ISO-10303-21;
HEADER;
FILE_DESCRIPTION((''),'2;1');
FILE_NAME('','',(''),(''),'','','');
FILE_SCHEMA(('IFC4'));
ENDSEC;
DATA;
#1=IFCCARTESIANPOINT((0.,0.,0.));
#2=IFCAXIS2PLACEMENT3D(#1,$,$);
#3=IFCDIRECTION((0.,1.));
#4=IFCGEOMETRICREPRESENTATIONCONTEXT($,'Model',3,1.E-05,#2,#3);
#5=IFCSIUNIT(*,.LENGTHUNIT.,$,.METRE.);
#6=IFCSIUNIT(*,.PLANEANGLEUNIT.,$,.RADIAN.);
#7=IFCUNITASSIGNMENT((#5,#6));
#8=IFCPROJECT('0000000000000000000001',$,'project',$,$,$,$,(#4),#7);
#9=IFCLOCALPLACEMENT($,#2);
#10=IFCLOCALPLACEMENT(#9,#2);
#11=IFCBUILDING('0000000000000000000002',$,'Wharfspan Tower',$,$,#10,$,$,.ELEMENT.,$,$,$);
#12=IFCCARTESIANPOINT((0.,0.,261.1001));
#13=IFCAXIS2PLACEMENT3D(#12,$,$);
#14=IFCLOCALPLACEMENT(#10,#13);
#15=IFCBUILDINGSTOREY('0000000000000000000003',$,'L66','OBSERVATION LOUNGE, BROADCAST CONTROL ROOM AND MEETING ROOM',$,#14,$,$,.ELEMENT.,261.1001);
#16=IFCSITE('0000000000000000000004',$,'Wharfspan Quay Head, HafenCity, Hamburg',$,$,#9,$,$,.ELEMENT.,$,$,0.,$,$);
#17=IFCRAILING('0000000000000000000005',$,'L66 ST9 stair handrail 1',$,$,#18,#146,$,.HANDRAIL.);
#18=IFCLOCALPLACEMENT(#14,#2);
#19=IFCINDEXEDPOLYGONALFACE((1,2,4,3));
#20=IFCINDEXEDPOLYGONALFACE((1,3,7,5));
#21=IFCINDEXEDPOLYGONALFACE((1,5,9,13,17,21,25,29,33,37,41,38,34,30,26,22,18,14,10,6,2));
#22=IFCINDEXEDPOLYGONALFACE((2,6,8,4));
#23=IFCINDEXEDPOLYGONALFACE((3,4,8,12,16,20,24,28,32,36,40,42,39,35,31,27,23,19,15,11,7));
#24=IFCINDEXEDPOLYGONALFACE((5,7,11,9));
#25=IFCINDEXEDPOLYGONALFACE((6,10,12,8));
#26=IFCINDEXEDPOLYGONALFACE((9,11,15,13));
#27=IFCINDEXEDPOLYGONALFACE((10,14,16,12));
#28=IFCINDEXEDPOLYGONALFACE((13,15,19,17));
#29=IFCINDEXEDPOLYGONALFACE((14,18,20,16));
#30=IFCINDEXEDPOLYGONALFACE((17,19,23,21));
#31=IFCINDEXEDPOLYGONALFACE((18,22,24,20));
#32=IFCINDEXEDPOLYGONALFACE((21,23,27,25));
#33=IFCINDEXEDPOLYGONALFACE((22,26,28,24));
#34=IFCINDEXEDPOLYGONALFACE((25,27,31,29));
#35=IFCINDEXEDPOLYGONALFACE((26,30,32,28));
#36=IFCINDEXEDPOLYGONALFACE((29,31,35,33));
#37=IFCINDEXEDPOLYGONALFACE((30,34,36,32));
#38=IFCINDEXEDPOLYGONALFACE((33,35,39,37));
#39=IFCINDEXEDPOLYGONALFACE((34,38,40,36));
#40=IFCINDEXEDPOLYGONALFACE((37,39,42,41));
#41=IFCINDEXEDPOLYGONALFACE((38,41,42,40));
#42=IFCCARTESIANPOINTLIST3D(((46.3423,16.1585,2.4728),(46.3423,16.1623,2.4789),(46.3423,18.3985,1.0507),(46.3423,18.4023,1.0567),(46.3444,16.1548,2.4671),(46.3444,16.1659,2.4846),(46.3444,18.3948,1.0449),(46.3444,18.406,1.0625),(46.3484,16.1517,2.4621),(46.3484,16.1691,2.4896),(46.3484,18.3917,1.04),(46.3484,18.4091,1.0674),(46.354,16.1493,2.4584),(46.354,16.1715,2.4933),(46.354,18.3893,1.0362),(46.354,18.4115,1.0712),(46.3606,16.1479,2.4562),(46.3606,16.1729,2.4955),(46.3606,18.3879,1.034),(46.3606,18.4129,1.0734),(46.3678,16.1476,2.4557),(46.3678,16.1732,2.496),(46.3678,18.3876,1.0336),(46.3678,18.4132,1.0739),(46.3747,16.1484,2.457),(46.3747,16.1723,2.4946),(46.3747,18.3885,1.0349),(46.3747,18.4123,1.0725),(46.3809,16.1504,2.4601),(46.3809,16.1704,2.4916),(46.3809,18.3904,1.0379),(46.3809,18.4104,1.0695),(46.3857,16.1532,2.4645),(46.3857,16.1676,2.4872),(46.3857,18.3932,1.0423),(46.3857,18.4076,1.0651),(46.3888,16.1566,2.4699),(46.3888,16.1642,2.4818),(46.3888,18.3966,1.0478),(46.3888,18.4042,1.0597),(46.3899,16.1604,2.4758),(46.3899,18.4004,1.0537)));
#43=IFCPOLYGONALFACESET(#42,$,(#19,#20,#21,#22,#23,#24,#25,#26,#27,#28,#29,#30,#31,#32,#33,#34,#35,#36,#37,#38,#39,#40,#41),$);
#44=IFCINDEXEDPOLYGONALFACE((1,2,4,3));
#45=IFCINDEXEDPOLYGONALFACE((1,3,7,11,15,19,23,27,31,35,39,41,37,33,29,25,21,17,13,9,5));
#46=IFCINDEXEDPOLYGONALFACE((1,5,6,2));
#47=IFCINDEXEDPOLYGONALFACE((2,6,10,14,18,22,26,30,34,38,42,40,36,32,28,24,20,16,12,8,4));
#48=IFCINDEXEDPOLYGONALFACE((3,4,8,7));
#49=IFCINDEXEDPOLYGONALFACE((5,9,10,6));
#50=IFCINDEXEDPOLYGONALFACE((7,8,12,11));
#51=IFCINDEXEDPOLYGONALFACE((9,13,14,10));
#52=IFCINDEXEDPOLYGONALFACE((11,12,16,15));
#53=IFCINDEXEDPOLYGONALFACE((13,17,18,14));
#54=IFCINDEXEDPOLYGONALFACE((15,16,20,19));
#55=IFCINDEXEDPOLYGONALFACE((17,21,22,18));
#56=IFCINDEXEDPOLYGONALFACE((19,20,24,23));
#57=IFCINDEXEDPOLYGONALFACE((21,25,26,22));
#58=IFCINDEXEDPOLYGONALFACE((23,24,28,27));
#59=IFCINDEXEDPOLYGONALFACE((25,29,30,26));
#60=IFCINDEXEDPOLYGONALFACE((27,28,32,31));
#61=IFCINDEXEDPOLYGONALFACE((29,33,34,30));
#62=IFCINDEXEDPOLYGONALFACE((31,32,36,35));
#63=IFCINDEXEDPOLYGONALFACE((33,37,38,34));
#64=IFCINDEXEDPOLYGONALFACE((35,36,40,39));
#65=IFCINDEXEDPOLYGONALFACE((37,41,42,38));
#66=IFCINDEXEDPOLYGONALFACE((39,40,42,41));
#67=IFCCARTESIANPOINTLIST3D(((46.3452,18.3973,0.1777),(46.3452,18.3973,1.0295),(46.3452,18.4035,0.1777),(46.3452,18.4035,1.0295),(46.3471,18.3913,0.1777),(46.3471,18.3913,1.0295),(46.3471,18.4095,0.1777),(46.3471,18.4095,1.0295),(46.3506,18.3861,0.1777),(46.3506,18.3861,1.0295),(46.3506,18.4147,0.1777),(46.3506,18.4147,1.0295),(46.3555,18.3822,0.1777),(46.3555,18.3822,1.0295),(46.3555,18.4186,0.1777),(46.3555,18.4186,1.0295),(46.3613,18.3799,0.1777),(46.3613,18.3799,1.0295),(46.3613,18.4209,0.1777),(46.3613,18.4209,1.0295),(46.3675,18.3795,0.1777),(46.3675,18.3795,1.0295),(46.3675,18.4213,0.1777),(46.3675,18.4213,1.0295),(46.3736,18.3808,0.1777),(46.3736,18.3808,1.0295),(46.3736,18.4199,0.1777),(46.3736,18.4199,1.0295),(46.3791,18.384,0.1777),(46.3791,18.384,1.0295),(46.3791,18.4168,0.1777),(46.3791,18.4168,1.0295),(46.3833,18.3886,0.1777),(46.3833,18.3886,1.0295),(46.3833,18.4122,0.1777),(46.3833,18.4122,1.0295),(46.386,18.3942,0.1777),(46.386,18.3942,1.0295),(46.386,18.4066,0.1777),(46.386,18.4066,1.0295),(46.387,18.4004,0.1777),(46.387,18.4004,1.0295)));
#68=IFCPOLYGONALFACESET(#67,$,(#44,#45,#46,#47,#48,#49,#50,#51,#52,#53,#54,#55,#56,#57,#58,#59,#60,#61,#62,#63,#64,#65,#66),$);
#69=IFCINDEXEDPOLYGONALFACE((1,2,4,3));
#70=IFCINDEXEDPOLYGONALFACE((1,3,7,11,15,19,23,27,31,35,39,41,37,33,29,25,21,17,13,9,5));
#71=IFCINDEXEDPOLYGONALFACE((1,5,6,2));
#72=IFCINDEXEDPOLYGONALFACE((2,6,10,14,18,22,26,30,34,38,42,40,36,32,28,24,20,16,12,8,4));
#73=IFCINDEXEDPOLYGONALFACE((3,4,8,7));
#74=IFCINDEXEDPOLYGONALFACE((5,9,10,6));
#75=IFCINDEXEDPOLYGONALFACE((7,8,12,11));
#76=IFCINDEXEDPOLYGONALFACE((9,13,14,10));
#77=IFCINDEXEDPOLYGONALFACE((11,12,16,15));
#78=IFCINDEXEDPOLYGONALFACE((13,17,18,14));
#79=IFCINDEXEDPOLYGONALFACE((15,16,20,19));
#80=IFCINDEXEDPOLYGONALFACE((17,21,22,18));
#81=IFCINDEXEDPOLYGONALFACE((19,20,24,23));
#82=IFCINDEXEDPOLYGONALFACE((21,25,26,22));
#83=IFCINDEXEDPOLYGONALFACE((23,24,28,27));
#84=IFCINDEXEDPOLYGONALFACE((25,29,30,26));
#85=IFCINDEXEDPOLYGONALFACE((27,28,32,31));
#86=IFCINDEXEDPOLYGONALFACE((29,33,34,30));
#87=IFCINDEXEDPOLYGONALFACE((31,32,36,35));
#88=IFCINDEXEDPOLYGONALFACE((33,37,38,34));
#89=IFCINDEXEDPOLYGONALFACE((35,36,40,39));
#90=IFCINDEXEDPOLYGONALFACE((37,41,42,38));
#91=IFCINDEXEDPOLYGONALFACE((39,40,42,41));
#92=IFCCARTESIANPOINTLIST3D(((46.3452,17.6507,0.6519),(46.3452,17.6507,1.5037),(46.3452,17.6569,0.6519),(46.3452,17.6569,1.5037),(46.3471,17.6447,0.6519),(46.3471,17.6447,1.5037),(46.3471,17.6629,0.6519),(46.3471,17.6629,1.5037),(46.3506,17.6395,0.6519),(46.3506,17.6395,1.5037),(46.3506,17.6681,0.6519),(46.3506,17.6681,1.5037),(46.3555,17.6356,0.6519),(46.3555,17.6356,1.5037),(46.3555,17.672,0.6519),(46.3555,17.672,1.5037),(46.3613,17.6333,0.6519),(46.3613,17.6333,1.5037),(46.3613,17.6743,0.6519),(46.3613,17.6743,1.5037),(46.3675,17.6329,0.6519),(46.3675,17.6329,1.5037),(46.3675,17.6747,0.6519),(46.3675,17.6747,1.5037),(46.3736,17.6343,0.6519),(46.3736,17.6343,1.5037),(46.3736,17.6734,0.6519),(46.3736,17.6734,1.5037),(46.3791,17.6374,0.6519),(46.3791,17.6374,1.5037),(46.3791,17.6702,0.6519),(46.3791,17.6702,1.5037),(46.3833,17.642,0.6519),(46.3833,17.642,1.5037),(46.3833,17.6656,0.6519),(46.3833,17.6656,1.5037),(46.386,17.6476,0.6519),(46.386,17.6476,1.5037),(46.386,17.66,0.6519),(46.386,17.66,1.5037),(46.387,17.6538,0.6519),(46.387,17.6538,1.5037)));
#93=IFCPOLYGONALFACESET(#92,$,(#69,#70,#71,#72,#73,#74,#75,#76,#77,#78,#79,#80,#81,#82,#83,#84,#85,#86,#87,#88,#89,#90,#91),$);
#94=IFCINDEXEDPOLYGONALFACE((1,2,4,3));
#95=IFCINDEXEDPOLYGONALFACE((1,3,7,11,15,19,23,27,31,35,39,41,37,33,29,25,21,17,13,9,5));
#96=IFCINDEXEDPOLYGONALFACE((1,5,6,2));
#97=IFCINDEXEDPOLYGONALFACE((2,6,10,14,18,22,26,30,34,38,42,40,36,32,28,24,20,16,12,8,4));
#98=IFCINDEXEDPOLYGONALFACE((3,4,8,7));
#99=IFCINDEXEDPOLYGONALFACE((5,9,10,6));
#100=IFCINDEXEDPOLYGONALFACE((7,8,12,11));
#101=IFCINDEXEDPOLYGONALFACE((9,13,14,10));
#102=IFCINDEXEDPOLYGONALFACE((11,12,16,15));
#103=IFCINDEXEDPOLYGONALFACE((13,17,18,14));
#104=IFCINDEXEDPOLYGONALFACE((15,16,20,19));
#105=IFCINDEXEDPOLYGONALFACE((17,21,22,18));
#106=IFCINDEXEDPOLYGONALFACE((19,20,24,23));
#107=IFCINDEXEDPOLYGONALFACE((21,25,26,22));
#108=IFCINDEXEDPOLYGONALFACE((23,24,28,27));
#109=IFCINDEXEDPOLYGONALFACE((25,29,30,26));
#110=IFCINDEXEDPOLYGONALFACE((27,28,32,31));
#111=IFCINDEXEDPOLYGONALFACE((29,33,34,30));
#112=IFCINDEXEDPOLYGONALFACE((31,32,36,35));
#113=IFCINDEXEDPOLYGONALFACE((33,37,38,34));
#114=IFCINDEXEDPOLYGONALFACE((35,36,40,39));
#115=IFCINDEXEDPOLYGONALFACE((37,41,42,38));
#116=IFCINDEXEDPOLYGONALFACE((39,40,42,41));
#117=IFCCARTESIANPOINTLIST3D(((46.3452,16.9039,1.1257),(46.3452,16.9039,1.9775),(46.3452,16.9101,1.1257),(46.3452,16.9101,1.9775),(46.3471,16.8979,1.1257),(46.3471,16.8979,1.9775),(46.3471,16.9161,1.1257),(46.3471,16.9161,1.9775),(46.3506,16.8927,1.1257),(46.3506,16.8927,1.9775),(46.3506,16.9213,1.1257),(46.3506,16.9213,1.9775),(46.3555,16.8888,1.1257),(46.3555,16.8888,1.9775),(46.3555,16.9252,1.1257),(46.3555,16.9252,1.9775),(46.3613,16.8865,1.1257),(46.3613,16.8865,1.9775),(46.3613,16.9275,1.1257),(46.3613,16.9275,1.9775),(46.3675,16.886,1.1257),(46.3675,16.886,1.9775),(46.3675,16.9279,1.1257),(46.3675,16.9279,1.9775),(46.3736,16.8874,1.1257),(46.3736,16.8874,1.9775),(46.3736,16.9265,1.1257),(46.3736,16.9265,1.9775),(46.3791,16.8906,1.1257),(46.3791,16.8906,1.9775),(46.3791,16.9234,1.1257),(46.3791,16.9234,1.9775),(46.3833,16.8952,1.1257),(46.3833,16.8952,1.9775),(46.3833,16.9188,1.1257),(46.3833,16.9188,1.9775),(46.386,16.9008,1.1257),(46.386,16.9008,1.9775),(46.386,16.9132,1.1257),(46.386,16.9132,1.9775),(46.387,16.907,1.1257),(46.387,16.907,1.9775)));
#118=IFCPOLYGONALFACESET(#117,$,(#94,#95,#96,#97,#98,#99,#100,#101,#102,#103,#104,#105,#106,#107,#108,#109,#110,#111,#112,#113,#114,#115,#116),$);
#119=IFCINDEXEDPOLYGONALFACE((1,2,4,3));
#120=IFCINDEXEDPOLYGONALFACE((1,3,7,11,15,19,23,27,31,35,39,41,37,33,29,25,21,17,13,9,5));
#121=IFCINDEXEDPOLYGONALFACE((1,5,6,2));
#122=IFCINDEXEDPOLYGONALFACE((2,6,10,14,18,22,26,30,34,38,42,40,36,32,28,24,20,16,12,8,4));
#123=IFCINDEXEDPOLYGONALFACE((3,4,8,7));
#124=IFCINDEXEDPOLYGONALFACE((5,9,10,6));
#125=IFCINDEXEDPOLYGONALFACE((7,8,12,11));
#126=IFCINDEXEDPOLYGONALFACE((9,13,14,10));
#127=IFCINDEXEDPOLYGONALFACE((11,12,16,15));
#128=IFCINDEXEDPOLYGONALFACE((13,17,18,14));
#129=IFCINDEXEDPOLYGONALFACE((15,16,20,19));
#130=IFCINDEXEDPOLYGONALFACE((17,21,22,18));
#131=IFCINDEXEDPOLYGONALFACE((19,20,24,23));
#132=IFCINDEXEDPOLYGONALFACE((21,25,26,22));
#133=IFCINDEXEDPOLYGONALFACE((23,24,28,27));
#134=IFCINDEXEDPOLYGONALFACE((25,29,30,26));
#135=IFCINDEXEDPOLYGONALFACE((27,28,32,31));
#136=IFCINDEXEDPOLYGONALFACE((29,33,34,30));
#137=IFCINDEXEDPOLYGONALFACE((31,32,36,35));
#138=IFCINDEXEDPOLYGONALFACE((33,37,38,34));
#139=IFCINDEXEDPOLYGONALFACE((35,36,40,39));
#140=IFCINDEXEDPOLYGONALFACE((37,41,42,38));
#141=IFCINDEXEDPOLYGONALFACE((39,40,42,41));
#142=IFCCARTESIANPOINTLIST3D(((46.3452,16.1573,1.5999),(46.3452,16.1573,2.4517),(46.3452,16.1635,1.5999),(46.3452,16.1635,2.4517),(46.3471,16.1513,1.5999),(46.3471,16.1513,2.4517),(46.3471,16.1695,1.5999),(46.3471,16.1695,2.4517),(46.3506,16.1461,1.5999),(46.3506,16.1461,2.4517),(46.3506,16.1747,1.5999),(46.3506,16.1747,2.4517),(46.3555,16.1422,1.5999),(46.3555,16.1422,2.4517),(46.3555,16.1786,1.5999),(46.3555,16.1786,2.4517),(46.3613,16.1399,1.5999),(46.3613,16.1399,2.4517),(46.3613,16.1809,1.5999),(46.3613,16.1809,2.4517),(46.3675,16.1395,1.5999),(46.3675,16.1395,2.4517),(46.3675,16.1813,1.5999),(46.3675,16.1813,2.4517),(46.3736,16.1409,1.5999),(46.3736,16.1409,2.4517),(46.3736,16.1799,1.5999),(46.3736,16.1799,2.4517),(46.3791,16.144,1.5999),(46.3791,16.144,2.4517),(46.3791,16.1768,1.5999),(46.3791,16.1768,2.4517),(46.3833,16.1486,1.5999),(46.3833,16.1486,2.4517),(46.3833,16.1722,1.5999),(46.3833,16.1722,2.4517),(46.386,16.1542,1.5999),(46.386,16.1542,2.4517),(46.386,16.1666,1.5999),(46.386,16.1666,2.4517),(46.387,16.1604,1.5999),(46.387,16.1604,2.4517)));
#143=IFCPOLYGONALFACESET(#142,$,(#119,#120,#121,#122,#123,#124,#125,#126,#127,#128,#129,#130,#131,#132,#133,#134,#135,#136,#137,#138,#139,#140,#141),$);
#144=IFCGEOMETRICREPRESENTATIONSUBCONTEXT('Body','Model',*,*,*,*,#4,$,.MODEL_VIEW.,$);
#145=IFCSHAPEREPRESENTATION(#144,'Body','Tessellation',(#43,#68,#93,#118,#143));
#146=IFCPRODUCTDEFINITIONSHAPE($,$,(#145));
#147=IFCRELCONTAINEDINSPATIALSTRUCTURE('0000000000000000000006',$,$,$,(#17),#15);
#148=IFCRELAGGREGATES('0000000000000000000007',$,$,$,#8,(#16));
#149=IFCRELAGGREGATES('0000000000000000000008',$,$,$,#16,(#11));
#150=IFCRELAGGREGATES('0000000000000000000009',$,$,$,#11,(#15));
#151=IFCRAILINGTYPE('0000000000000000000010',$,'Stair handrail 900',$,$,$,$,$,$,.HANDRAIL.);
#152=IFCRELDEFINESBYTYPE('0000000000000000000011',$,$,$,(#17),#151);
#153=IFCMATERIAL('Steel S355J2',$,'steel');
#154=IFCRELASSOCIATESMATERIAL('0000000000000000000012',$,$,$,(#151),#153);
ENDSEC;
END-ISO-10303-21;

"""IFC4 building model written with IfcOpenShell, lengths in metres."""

from ifc_helpers import new_model, si_unit, direction, frame, origin, origin_2d, place, context, subcontext, project, spatial, circle, extrude, material, type_object, element, save


model = new_model("IFC4")

# Units and contexts
model_context = context("Model", 3, precision=1e-05, world=origin(), true_north=direction((0.0, 1.0)))
body_context = subcontext(model_context, "Body", "Model", "MODEL_VIEW")
ifc_project = project(units=[si_unit("LENGTHUNIT", "METRE"), si_unit("PLANEANGLEUNIT", "RADIAN")], contexts=[model_context])

# Site, building, storey
site_placement = place(None, origin())
site = spatial("IfcSite", under=ifc_project, at=site_placement, Name="Wharfspan Quay Head, HafenCity, Hamburg", CompositionType="ELEMENT", RefElevation=0.0)
building_placement = place(site_placement, origin())
building = spatial("IfcBuilding", under=site, at=building_placement, Name="Wharfspan Tower", CompositionType="ELEMENT")
storey_placement = place(building_placement, frame((0.0, 0.0, 261.1001)))
storey = spatial("IfcBuildingStorey", under=building, at=storey_placement, Name="L66", Description="OBSERVATION LOUNGE, BROADCAST CONTROL ROOM AND MEETING ROOM", CompositionType="ELEMENT", Elevation=261.1001)

# Shared definitions
ifc_material_1 = material(Name="Steel S355J2", Category="steel")

# Railing
railing_type = type_object("IfcRailingType", Name="Stair handrail 900", PredefinedType="HANDRAIL", material=ifc_material_1)
railing_placement = place(storey_placement, frame((46.366, 18.4004, 0.1777)))
element("IfcRailing", 1, at=railing_placement, inside=storey, type_object=railing_type, Name="L66 ST9 stair handrail 1", PredefinedType="HANDRAIL", context=body_context, shape_type="SweptSolid", body=[
    extrude(circle(Radius=0.0239, at=origin_2d()), frame((0.0, 0.0, 0.876), z_axis=(0.0, -0.844229, 0.535982), x_axis=(1.0, 0.0, 0.0)), (0.0, 0.0, 1.0), 2.6533),
    extrude(circle(Radius=0.021, at=origin_2d()), origin(), (0.0, 0.0, 1.0), 0.8518),
    extrude(circle(Radius=0.021, at=origin_2d()), frame((0.0, -0.7466, 0.4741)), (0.0, 0.0, 1.0), 0.8518),
    extrude(circle(Radius=0.021, at=origin_2d()), frame((0.0, -1.4934, 0.948)), (0.0, 0.0, 1.0), 0.8518),
    extrude(circle(Radius=0.021, at=origin_2d()), frame((0.0, -2.24, 1.4221)), (0.0, 0.0, 1.0), 0.8518),
])

save(model, "model.ifc")
